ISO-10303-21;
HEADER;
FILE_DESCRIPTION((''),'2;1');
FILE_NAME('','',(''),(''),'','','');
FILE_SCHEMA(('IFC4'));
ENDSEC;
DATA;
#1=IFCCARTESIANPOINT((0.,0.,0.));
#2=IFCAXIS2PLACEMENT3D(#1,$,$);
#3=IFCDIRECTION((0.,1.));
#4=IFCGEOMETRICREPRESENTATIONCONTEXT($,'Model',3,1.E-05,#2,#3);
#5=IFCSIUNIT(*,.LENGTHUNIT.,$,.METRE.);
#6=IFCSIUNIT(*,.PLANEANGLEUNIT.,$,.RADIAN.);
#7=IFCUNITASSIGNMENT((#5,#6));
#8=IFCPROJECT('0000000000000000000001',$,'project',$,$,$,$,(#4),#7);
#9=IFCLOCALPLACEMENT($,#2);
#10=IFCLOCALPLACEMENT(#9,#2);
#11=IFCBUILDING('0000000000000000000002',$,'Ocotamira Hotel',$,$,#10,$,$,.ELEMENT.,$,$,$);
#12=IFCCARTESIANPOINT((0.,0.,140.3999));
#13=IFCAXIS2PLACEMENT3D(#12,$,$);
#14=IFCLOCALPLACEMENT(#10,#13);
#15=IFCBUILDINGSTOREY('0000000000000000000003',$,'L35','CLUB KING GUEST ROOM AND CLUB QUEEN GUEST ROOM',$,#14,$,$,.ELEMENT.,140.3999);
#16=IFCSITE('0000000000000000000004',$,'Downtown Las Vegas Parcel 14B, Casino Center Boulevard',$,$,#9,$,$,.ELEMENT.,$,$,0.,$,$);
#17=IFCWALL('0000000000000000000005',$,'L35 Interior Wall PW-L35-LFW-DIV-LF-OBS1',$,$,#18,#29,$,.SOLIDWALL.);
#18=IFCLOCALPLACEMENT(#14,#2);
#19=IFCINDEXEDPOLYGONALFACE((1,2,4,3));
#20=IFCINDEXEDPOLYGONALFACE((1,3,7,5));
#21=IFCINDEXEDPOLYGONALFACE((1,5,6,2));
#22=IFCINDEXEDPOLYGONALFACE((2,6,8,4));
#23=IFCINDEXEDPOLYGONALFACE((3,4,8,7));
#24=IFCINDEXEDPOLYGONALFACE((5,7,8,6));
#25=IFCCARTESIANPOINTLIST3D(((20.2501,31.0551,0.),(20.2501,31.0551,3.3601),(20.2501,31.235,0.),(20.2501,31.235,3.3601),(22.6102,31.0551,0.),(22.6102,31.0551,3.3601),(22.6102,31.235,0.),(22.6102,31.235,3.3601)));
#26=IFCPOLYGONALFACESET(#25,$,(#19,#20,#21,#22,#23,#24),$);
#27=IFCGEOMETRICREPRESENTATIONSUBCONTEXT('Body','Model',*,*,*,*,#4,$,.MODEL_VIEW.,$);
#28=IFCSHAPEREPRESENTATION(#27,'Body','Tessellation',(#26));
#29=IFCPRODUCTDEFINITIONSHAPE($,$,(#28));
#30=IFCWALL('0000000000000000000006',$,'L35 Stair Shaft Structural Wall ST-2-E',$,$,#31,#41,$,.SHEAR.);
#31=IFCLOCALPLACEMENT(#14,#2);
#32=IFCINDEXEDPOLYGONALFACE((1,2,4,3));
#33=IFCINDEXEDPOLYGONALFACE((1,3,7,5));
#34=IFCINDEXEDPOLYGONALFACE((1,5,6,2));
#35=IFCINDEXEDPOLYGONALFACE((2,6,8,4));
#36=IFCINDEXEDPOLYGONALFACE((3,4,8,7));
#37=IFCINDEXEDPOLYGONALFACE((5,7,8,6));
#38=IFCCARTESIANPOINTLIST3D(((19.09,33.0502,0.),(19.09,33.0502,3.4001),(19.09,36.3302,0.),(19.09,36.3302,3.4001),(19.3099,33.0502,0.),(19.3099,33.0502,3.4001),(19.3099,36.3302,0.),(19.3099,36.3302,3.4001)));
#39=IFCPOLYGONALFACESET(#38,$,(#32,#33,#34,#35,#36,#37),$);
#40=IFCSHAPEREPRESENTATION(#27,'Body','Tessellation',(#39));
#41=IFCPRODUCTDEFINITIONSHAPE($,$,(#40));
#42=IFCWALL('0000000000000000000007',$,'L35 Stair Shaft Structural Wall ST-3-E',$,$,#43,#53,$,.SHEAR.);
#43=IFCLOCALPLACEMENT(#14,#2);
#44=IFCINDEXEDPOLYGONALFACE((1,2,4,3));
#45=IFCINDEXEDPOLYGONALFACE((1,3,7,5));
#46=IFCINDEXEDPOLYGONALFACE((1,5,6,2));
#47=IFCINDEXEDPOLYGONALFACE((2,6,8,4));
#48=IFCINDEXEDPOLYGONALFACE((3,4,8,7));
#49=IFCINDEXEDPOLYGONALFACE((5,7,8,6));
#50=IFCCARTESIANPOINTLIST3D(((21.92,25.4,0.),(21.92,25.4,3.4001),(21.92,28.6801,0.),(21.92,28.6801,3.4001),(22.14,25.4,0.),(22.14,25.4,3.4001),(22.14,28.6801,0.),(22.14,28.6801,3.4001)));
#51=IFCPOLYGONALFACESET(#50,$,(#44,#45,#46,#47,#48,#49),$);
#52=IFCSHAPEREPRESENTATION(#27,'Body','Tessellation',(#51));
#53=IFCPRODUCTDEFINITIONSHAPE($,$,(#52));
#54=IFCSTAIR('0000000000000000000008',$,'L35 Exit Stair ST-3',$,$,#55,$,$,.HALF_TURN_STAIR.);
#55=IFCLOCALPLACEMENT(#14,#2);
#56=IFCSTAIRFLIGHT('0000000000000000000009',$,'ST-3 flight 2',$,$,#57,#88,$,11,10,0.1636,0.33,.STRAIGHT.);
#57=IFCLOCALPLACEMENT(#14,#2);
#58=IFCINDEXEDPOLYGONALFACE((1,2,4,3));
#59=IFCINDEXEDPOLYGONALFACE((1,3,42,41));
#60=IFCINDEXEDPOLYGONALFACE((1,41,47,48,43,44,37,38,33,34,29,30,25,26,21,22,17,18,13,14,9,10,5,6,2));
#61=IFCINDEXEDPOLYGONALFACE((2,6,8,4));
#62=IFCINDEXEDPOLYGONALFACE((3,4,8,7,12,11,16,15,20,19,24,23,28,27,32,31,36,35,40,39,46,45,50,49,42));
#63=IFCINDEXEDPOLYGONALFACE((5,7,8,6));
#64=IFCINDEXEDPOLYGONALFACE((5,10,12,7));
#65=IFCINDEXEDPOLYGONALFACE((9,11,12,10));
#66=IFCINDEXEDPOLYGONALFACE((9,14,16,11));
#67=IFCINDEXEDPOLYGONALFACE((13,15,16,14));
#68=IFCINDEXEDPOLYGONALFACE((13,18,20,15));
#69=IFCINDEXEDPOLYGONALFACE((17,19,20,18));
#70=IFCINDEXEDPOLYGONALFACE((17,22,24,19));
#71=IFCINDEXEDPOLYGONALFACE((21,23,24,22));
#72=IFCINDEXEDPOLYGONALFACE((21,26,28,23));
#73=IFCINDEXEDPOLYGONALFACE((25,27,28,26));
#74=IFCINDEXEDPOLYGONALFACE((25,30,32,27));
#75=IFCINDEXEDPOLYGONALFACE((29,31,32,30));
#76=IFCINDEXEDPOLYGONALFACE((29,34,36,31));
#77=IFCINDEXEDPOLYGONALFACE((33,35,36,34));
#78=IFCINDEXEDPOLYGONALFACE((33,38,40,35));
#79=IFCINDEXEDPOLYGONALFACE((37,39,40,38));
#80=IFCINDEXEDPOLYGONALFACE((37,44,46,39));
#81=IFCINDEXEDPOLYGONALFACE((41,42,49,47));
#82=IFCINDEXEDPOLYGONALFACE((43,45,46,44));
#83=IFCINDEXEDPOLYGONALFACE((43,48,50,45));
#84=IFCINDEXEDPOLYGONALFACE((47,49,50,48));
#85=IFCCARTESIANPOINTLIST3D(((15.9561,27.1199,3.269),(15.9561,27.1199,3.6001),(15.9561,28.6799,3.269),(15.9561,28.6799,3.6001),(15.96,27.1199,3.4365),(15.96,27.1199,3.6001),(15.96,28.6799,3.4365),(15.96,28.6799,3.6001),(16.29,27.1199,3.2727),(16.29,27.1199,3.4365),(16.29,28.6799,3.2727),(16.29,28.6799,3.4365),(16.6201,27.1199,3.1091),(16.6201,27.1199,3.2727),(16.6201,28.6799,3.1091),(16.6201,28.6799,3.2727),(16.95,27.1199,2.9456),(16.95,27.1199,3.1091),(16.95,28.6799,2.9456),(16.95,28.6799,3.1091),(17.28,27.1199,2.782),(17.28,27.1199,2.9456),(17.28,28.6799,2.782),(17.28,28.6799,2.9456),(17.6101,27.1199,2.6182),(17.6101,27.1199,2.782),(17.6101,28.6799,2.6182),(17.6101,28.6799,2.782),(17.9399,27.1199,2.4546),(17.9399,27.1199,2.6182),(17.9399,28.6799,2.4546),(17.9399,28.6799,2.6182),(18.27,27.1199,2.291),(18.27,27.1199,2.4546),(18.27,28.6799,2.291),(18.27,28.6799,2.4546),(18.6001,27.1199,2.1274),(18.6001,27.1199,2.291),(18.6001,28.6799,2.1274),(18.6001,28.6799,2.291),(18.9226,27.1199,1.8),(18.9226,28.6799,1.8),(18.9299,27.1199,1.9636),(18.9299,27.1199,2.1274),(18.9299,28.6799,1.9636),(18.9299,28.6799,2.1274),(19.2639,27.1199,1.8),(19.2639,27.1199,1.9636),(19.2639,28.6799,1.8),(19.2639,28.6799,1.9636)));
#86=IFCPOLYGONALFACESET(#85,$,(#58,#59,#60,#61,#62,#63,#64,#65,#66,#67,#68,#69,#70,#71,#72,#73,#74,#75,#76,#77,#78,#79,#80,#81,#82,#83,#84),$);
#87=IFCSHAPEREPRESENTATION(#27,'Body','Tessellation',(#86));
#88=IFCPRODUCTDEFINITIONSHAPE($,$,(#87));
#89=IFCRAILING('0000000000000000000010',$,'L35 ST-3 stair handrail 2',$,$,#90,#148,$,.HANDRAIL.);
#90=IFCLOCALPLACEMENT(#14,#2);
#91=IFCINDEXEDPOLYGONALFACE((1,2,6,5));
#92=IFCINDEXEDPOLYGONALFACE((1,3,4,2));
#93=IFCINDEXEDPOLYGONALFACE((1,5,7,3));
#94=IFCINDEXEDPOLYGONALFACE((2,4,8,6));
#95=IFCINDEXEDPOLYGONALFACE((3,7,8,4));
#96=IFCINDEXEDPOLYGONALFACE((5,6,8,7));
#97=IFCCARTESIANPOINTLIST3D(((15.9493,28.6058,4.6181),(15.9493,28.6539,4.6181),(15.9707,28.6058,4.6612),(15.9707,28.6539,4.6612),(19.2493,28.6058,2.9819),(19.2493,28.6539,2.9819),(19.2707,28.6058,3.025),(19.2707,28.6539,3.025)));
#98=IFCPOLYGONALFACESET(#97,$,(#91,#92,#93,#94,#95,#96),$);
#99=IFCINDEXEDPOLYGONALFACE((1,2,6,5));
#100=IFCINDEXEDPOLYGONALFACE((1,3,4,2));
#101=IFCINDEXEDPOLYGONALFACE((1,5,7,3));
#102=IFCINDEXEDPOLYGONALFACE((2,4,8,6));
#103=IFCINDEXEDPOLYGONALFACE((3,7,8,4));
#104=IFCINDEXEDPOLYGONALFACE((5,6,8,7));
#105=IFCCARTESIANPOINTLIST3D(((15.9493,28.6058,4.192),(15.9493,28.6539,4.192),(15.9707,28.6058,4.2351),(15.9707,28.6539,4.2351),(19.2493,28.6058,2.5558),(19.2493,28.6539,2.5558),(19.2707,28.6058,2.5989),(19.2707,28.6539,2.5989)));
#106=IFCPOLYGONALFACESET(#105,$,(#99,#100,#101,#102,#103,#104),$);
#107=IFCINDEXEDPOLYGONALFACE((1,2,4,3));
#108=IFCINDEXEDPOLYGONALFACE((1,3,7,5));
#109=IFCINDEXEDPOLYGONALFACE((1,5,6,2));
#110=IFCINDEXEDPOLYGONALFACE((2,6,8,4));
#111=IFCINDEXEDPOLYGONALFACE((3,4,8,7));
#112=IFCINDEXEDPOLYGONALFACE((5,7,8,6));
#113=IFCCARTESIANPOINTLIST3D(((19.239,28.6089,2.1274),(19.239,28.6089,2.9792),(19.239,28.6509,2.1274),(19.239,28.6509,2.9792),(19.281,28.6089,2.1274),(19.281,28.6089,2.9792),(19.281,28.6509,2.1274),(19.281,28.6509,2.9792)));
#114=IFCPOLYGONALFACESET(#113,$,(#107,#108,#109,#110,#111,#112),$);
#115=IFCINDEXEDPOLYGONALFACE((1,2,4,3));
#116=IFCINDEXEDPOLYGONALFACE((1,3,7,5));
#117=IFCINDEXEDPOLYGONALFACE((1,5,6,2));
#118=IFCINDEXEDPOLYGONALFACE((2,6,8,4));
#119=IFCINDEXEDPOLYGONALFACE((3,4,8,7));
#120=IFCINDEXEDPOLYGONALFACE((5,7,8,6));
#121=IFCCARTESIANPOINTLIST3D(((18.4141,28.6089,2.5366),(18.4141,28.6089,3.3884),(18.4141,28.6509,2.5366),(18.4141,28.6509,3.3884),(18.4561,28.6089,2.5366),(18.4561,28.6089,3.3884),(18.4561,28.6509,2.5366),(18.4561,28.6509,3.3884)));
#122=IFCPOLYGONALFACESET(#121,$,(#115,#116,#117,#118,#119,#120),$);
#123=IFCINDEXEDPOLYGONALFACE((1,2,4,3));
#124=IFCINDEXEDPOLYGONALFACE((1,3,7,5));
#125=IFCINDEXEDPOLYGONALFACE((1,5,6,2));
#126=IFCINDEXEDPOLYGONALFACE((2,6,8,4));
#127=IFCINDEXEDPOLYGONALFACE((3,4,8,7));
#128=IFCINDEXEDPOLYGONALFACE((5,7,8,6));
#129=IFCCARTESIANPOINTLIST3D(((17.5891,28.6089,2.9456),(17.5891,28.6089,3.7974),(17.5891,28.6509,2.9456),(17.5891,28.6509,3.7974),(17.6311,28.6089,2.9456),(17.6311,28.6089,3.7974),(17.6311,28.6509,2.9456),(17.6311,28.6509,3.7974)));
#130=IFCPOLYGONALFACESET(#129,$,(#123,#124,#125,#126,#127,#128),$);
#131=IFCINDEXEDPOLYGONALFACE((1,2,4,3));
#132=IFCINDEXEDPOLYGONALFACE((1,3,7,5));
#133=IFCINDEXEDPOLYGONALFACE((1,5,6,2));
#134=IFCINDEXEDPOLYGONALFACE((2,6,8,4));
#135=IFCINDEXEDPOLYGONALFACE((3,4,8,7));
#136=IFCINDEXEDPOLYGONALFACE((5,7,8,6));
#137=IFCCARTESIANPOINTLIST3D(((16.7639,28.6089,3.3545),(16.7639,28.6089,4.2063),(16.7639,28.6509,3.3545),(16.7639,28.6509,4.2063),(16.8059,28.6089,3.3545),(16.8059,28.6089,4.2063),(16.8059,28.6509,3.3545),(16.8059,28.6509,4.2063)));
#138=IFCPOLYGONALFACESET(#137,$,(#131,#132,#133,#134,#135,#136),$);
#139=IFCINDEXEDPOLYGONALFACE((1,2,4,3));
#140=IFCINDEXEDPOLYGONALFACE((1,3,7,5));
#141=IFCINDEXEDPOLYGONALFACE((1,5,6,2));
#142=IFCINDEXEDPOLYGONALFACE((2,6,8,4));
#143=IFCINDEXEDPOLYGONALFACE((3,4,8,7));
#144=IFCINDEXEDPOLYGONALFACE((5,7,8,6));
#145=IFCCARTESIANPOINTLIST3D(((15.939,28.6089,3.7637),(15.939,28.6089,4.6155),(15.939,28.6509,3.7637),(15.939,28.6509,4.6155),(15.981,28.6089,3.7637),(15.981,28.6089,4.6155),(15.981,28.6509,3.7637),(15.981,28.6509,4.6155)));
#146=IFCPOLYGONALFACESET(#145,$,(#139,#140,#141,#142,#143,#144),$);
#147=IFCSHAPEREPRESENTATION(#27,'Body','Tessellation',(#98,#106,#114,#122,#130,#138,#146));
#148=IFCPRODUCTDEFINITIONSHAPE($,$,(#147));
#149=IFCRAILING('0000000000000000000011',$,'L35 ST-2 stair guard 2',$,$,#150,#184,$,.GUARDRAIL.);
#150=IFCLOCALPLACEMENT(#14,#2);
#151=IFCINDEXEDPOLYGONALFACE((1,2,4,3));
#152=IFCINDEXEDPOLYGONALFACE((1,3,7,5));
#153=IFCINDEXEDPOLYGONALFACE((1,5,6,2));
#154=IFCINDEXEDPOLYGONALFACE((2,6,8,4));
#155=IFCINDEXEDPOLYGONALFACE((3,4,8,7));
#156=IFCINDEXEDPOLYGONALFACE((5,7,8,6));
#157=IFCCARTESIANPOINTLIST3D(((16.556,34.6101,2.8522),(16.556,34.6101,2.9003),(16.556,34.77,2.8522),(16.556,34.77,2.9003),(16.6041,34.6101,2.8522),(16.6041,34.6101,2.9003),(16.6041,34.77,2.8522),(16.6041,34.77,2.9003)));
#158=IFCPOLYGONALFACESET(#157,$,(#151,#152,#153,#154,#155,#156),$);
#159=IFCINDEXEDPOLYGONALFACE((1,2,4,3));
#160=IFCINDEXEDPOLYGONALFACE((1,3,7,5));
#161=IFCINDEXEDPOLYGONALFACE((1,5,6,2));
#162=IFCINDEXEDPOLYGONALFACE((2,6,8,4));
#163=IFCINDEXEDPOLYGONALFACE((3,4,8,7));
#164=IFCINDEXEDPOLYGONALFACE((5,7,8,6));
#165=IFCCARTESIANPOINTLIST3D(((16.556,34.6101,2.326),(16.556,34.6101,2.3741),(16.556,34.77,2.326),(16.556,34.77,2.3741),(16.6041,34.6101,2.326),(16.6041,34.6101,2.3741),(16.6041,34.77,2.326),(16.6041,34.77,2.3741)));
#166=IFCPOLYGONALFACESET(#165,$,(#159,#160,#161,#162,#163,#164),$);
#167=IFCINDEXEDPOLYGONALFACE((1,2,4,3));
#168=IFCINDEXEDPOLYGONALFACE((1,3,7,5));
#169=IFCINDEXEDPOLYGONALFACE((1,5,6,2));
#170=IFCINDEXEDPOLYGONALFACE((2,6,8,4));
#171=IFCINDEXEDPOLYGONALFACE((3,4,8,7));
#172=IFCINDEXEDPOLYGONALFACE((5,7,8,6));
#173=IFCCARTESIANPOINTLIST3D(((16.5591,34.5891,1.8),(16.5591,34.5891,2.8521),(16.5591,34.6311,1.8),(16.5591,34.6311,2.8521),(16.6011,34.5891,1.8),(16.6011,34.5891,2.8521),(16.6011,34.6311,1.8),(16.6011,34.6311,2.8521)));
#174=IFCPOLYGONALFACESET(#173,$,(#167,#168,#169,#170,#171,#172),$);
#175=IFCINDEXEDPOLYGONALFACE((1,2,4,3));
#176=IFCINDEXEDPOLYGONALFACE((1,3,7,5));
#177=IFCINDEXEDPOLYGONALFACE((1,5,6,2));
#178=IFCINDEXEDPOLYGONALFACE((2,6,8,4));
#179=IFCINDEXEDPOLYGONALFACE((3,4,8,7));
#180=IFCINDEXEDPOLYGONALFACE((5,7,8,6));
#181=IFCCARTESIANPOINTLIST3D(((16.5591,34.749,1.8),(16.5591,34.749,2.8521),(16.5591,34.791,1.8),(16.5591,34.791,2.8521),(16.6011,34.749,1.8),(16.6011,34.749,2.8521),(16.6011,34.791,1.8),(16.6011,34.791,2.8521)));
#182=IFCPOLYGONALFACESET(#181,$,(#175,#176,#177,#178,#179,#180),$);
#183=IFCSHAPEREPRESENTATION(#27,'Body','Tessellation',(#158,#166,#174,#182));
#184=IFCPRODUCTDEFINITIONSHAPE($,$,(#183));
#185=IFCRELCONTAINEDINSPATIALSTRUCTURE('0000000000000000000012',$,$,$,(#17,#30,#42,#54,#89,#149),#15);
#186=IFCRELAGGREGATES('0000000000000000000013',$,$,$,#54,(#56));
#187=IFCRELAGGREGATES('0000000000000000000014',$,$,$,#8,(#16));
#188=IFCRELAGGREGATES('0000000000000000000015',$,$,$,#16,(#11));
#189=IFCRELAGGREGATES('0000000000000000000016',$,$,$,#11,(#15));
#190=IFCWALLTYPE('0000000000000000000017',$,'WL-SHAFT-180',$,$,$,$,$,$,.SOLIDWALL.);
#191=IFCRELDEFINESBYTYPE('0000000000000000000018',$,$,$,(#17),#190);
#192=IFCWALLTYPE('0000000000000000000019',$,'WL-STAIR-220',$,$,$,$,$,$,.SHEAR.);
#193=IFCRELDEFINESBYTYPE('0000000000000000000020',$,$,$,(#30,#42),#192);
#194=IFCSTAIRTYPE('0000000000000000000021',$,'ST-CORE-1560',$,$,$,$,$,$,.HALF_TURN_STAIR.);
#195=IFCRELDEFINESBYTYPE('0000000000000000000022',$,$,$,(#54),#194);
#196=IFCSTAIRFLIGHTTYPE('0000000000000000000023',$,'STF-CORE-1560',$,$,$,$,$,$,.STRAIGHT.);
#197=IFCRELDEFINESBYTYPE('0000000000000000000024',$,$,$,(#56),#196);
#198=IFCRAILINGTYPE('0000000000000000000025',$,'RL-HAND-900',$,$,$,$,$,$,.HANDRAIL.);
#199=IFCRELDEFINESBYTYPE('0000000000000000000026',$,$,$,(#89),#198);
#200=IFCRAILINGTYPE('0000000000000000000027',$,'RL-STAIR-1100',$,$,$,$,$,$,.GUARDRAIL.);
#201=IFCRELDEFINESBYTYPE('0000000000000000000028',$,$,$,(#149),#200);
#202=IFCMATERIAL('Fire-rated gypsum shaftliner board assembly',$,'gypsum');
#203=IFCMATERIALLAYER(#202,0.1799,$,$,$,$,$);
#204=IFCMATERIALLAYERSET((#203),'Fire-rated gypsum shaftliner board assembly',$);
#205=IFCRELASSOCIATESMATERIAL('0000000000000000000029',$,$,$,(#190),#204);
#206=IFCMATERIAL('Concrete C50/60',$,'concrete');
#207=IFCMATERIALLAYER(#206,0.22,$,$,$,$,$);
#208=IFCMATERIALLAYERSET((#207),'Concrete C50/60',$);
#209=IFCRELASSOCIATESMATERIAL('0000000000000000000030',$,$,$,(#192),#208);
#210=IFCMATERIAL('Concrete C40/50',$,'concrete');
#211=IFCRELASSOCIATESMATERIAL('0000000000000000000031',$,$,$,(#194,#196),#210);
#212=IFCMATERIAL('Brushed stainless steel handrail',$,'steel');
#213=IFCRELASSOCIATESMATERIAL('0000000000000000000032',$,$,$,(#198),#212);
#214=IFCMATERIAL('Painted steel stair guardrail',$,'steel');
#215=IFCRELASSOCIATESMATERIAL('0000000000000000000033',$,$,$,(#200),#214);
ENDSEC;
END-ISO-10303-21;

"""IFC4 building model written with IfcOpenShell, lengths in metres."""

from ifc_helpers import new_model, si_unit, direction, frame, frame_2d, origin, origin_2d, place, context, subcontext, project, spatial, polyline, rectangle, outline, extrude, source, transform, mapped, material, layer, layer_set, type_object, element, aggregate, save


model = new_model("IFC4")

# Units and contexts
model_context = context("Model", 3, precision=1e-05, world=origin(), true_north=direction((0.0, 1.0)))
body_context = subcontext(model_context, "Body", "Model", "MODEL_VIEW")
ifc_project = project(units=[si_unit("LENGTHUNIT", "METRE"), si_unit("PLANEANGLEUNIT", "RADIAN")], contexts=[model_context])

# Site, building, storey
site_placement = place(None, origin())
site = spatial("IfcSite", under=ifc_project, at=site_placement, Name="Downtown Las Vegas Parcel 14B, Casino Center Boulevard", CompositionType="ELEMENT", RefElevation=0.0)
building_placement = place(site_placement, origin())
building = spatial("IfcBuilding", under=site, at=building_placement, Name="Ocotamira Hotel", CompositionType="ELEMENT")
storey_placement = place(building_placement, frame((0.0, 0.0, 140.3999)))
storey = spatial("IfcBuildingStorey", under=building, at=storey_placement, Name="L35", Description="CLUB KING GUEST ROOM AND CLUB QUEEN GUEST ROOM", CompositionType="ELEMENT", Elevation=140.3999)

# Walls
ifc_material_1 = material(Name="Fire-rated gypsum shaftliner board assembly", Category="gypsum")
ifc_layer_1 = layer(ifc_material_1, 0.1799)
ifc_layer_set_1 = layer_set([ifc_layer_1], Name="Fire-rated gypsum shaftliner board assembly")
wall_type_1 = type_object("IfcWallType", Name="WL-SHAFT-180", PredefinedType="SOLIDWALL", material=ifc_layer_set_1)
wall_1_placement = place(storey_placement, frame((20.25, 31.145, 0.0), z_axis=(0.0, 0.0, 1.0), x_axis=(1.0, 0.0, 0.0)))
element("IfcWall", 1, at=wall_1_placement, inside=storey, type_object=wall_type_1, Name="L35 Interior Wall PW-L35-LFW-DIV-LF-OBS1", PredefinedType="SOLIDWALL", context=body_context, shape_type="SweptSolid", body=[
    extrude(rectangle(XDim=2.3601, YDim=0.1799, at=frame_2d((1.1802, 0.0))), origin(), (0.0, 0.0, 1.0), 3.3601),
])
ifc_material_2 = material(Name="Concrete C50/60", Category="concrete")
ifc_layer_2 = layer(ifc_material_2, 0.22)
ifc_layer_set_2 = layer_set([ifc_layer_2], Name="Concrete C50/60")
wall_type_2 = type_object("IfcWallType", Name="WL-STAIR-220", PredefinedType="SHEAR", material=ifc_layer_set_2)
for number, where, z_axis, x_axis, name in (
    (2, (19.2, 33.05, 0.0), (0.0, 0.0, 1.0), (0.0, 1.0, 0.0), "L35 Stair Shaft Structural Wall ST-2-E"),
    (3, (22.03, 25.3999, 0.0), (0.0, 0.0, 1.0), (0.0, 1.0, 0.0), "L35 Stair Shaft Structural Wall ST-3-E"),
):
    element("IfcWall", number, at=place(storey_placement, frame(where, z_axis=z_axis, x_axis=x_axis)), inside=storey, type_object=wall_type_2, Name=name, PredefinedType="SHEAR", context=body_context, shape_type="SweptSolid", body=[
        extrude(rectangle(XDim=3.28, YDim=0.22, at=frame_2d((1.6401, 0.0))), origin(), (0.0, 0.0, 1.0), 3.4001),
    ])

# Stair, stair flight
ifc_material_3 = material(Name="Concrete C40/50", Category="concrete")
stair_type = type_object("IfcStairType", Name="ST-CORE-1560", PredefinedType="HALF_TURN_STAIR", material=ifc_material_3)
stair_placement = place(storey_placement, origin())
stair = element("IfcStair", 4, at=stair_placement, inside=storey, type_object=stair_type, Name="L35 Exit Stair ST-3", PredefinedType="HALF_TURN_STAIR")
stair_flight_type = type_object("IfcStairFlightType", Name="STF-CORE-1560", PredefinedType="STRAIGHT", material=ifc_material_3)
shared_shape_1 = source(origin(), body_context, "Body", "SweptSolid", [
    extrude(outline(polyline([(-0.0039, 0.0), (-0.0039, 0.1636), (0.3301, 0.1636), (0.3301, 0.3274), (0.6599, 0.3274), (0.6599, 0.491), (0.99, 0.491), (0.99, 0.6545), (1.3201, 0.6545), (1.3201, 0.8181), (1.6499, 0.8181), (1.6499, 0.9819), (1.98, 0.9819), (1.98, 1.1455), (2.3101, 1.1455), (2.3101, 1.3091), (2.6399, 1.3091), (2.6399, 1.4727), (2.97, 1.4727), (2.97, 1.6365), (3.3, 1.6365), (3.3, 1.8), (3.304, 1.8), (3.304, 1.469), (0.3374, 0.0), (-0.0039, 0.0)])), frame((0.0, 0.78, 0.0), z_axis=(0.0, -1.0, 0.0), x_axis=(1.0, 0.0, 0.0)), (0.0, 0.0, 1.0), 1.5601),
])
stair_flight_placement = place(storey_placement, frame((19.26, 27.8999, 1.8), z_axis=(0.0, 0.0, 1.0), x_axis=(-1.0, 0.0, 0.0)))
stair_flight = element("IfcStairFlight", 5, at=stair_flight_placement, type_object=stair_flight_type, Name="ST-3 flight 2", NumberOfRisers=11, NumberOfTreads=10, PredefinedType="STRAIGHT", RiserHeight=0.1636, TreadLength=0.33, context=body_context, shape_type="MappedRepresentation", body=[
    mapped(shared_shape_1, transform((0.0, 0.0, 0.0), scale=1.0)),
])
aggregate(stair, [stair_flight])

# Railings
ifc_material_4 = material(Name="Brushed stainless steel handrail", Category="steel")
railing_type_1 = type_object("IfcRailingType", Name="RL-HAND-900", PredefinedType="HANDRAIL", material=ifc_material_4)
railing_1_placement = place(storey_placement, frame((19.26, 28.6299, 2.1274)))
element("IfcRailing", 6, at=railing_1_placement, inside=storey, type_object=railing_type_1, Name="L35 ST-3 stair handrail 2", PredefinedType="HANDRAIL", context=body_context, shape_type="SweptSolid", body=[
    extrude(rectangle(XDim=0.0481, YDim=0.0481, at=origin_2d()), frame((0.0, 0.0, 0.876), z_axis=(-0.89592, 0.0, 0.444215), x_axis=(0.0, -1.0, 0.0)), (0.0, 0.0, 1.0), 3.6833),
    extrude(rectangle(XDim=0.0481, YDim=0.0481, at=origin_2d()), frame((0.0, 0.0, 0.45), z_axis=(-0.89592, 0.0, 0.444215), x_axis=(0.0, -1.0, 0.0)), (0.0, 0.0, 1.0), 3.6833),
    extrude(rectangle(XDim=0.042, YDim=0.042, at=origin_2d()), origin(), (0.0, 0.0, 1.0), 0.8518),
    extrude(rectangle(XDim=0.042, YDim=0.042, at=origin_2d()), frame((-0.825, 0.0, 0.4092)), (0.0, 0.0, 1.0), 0.8518),
    extrude(rectangle(XDim=0.042, YDim=0.042, at=origin_2d()), frame((-1.6499, 0.0, 0.8181)), (0.0, 0.0, 1.0), 0.8518),
    extrude(rectangle(XDim=0.042, YDim=0.042, at=origin_2d()), frame((-2.4751, 0.0, 1.2271)), (0.0, 0.0, 1.0), 0.8518),
    extrude(rectangle(XDim=0.042, YDim=0.042, at=origin_2d()), frame((-3.3, 0.0, 1.6362)), (0.0, 0.0, 1.0), 0.8518),
])
ifc_material_5 = material(Name="Painted steel stair guardrail", Category="steel")
railing_type_2 = type_object("IfcRailingType", Name="RL-STAIR-1100", PredefinedType="GUARDRAIL", material=ifc_material_5)
railing_2_placement = place(storey_placement, frame((16.5801, 34.6101, 1.8)))
element("IfcRailing", 7, at=railing_2_placement, inside=storey, type_object=railing_type_2, Name="L35 ST-2 stair guard 2", PredefinedType="GUARDRAIL", context=body_context, shape_type="SweptSolid", body=[
    extrude(rectangle(XDim=0.0481, YDim=0.0481, at=origin_2d()), frame((0.0, 0.0, 1.0762), z_axis=(0.0, 1.0, 0.0), x_axis=(-1.0, 0.0, 0.0)), (0.0, 0.0, 1.0), 0.1599),
    extrude(rectangle(XDim=0.0481, YDim=0.0481, at=origin_2d()), frame((0.0, 0.0, 0.55), z_axis=(0.0, 1.0, 0.0), x_axis=(-1.0, 0.0, 0.0)), (0.0, 0.0, 1.0), 0.1599),
    extrude(rectangle(XDim=0.042, YDim=0.042, at=origin_2d()), origin(), (0.0, 0.0, 1.0), 1.052),
    extrude(rectangle(XDim=0.042, YDim=0.042, at=origin_2d()), frame((0.0, 0.1599, 0.0)), (0.0, 0.0, 1.0), 1.052),
])

save(model, "model.ifc")
